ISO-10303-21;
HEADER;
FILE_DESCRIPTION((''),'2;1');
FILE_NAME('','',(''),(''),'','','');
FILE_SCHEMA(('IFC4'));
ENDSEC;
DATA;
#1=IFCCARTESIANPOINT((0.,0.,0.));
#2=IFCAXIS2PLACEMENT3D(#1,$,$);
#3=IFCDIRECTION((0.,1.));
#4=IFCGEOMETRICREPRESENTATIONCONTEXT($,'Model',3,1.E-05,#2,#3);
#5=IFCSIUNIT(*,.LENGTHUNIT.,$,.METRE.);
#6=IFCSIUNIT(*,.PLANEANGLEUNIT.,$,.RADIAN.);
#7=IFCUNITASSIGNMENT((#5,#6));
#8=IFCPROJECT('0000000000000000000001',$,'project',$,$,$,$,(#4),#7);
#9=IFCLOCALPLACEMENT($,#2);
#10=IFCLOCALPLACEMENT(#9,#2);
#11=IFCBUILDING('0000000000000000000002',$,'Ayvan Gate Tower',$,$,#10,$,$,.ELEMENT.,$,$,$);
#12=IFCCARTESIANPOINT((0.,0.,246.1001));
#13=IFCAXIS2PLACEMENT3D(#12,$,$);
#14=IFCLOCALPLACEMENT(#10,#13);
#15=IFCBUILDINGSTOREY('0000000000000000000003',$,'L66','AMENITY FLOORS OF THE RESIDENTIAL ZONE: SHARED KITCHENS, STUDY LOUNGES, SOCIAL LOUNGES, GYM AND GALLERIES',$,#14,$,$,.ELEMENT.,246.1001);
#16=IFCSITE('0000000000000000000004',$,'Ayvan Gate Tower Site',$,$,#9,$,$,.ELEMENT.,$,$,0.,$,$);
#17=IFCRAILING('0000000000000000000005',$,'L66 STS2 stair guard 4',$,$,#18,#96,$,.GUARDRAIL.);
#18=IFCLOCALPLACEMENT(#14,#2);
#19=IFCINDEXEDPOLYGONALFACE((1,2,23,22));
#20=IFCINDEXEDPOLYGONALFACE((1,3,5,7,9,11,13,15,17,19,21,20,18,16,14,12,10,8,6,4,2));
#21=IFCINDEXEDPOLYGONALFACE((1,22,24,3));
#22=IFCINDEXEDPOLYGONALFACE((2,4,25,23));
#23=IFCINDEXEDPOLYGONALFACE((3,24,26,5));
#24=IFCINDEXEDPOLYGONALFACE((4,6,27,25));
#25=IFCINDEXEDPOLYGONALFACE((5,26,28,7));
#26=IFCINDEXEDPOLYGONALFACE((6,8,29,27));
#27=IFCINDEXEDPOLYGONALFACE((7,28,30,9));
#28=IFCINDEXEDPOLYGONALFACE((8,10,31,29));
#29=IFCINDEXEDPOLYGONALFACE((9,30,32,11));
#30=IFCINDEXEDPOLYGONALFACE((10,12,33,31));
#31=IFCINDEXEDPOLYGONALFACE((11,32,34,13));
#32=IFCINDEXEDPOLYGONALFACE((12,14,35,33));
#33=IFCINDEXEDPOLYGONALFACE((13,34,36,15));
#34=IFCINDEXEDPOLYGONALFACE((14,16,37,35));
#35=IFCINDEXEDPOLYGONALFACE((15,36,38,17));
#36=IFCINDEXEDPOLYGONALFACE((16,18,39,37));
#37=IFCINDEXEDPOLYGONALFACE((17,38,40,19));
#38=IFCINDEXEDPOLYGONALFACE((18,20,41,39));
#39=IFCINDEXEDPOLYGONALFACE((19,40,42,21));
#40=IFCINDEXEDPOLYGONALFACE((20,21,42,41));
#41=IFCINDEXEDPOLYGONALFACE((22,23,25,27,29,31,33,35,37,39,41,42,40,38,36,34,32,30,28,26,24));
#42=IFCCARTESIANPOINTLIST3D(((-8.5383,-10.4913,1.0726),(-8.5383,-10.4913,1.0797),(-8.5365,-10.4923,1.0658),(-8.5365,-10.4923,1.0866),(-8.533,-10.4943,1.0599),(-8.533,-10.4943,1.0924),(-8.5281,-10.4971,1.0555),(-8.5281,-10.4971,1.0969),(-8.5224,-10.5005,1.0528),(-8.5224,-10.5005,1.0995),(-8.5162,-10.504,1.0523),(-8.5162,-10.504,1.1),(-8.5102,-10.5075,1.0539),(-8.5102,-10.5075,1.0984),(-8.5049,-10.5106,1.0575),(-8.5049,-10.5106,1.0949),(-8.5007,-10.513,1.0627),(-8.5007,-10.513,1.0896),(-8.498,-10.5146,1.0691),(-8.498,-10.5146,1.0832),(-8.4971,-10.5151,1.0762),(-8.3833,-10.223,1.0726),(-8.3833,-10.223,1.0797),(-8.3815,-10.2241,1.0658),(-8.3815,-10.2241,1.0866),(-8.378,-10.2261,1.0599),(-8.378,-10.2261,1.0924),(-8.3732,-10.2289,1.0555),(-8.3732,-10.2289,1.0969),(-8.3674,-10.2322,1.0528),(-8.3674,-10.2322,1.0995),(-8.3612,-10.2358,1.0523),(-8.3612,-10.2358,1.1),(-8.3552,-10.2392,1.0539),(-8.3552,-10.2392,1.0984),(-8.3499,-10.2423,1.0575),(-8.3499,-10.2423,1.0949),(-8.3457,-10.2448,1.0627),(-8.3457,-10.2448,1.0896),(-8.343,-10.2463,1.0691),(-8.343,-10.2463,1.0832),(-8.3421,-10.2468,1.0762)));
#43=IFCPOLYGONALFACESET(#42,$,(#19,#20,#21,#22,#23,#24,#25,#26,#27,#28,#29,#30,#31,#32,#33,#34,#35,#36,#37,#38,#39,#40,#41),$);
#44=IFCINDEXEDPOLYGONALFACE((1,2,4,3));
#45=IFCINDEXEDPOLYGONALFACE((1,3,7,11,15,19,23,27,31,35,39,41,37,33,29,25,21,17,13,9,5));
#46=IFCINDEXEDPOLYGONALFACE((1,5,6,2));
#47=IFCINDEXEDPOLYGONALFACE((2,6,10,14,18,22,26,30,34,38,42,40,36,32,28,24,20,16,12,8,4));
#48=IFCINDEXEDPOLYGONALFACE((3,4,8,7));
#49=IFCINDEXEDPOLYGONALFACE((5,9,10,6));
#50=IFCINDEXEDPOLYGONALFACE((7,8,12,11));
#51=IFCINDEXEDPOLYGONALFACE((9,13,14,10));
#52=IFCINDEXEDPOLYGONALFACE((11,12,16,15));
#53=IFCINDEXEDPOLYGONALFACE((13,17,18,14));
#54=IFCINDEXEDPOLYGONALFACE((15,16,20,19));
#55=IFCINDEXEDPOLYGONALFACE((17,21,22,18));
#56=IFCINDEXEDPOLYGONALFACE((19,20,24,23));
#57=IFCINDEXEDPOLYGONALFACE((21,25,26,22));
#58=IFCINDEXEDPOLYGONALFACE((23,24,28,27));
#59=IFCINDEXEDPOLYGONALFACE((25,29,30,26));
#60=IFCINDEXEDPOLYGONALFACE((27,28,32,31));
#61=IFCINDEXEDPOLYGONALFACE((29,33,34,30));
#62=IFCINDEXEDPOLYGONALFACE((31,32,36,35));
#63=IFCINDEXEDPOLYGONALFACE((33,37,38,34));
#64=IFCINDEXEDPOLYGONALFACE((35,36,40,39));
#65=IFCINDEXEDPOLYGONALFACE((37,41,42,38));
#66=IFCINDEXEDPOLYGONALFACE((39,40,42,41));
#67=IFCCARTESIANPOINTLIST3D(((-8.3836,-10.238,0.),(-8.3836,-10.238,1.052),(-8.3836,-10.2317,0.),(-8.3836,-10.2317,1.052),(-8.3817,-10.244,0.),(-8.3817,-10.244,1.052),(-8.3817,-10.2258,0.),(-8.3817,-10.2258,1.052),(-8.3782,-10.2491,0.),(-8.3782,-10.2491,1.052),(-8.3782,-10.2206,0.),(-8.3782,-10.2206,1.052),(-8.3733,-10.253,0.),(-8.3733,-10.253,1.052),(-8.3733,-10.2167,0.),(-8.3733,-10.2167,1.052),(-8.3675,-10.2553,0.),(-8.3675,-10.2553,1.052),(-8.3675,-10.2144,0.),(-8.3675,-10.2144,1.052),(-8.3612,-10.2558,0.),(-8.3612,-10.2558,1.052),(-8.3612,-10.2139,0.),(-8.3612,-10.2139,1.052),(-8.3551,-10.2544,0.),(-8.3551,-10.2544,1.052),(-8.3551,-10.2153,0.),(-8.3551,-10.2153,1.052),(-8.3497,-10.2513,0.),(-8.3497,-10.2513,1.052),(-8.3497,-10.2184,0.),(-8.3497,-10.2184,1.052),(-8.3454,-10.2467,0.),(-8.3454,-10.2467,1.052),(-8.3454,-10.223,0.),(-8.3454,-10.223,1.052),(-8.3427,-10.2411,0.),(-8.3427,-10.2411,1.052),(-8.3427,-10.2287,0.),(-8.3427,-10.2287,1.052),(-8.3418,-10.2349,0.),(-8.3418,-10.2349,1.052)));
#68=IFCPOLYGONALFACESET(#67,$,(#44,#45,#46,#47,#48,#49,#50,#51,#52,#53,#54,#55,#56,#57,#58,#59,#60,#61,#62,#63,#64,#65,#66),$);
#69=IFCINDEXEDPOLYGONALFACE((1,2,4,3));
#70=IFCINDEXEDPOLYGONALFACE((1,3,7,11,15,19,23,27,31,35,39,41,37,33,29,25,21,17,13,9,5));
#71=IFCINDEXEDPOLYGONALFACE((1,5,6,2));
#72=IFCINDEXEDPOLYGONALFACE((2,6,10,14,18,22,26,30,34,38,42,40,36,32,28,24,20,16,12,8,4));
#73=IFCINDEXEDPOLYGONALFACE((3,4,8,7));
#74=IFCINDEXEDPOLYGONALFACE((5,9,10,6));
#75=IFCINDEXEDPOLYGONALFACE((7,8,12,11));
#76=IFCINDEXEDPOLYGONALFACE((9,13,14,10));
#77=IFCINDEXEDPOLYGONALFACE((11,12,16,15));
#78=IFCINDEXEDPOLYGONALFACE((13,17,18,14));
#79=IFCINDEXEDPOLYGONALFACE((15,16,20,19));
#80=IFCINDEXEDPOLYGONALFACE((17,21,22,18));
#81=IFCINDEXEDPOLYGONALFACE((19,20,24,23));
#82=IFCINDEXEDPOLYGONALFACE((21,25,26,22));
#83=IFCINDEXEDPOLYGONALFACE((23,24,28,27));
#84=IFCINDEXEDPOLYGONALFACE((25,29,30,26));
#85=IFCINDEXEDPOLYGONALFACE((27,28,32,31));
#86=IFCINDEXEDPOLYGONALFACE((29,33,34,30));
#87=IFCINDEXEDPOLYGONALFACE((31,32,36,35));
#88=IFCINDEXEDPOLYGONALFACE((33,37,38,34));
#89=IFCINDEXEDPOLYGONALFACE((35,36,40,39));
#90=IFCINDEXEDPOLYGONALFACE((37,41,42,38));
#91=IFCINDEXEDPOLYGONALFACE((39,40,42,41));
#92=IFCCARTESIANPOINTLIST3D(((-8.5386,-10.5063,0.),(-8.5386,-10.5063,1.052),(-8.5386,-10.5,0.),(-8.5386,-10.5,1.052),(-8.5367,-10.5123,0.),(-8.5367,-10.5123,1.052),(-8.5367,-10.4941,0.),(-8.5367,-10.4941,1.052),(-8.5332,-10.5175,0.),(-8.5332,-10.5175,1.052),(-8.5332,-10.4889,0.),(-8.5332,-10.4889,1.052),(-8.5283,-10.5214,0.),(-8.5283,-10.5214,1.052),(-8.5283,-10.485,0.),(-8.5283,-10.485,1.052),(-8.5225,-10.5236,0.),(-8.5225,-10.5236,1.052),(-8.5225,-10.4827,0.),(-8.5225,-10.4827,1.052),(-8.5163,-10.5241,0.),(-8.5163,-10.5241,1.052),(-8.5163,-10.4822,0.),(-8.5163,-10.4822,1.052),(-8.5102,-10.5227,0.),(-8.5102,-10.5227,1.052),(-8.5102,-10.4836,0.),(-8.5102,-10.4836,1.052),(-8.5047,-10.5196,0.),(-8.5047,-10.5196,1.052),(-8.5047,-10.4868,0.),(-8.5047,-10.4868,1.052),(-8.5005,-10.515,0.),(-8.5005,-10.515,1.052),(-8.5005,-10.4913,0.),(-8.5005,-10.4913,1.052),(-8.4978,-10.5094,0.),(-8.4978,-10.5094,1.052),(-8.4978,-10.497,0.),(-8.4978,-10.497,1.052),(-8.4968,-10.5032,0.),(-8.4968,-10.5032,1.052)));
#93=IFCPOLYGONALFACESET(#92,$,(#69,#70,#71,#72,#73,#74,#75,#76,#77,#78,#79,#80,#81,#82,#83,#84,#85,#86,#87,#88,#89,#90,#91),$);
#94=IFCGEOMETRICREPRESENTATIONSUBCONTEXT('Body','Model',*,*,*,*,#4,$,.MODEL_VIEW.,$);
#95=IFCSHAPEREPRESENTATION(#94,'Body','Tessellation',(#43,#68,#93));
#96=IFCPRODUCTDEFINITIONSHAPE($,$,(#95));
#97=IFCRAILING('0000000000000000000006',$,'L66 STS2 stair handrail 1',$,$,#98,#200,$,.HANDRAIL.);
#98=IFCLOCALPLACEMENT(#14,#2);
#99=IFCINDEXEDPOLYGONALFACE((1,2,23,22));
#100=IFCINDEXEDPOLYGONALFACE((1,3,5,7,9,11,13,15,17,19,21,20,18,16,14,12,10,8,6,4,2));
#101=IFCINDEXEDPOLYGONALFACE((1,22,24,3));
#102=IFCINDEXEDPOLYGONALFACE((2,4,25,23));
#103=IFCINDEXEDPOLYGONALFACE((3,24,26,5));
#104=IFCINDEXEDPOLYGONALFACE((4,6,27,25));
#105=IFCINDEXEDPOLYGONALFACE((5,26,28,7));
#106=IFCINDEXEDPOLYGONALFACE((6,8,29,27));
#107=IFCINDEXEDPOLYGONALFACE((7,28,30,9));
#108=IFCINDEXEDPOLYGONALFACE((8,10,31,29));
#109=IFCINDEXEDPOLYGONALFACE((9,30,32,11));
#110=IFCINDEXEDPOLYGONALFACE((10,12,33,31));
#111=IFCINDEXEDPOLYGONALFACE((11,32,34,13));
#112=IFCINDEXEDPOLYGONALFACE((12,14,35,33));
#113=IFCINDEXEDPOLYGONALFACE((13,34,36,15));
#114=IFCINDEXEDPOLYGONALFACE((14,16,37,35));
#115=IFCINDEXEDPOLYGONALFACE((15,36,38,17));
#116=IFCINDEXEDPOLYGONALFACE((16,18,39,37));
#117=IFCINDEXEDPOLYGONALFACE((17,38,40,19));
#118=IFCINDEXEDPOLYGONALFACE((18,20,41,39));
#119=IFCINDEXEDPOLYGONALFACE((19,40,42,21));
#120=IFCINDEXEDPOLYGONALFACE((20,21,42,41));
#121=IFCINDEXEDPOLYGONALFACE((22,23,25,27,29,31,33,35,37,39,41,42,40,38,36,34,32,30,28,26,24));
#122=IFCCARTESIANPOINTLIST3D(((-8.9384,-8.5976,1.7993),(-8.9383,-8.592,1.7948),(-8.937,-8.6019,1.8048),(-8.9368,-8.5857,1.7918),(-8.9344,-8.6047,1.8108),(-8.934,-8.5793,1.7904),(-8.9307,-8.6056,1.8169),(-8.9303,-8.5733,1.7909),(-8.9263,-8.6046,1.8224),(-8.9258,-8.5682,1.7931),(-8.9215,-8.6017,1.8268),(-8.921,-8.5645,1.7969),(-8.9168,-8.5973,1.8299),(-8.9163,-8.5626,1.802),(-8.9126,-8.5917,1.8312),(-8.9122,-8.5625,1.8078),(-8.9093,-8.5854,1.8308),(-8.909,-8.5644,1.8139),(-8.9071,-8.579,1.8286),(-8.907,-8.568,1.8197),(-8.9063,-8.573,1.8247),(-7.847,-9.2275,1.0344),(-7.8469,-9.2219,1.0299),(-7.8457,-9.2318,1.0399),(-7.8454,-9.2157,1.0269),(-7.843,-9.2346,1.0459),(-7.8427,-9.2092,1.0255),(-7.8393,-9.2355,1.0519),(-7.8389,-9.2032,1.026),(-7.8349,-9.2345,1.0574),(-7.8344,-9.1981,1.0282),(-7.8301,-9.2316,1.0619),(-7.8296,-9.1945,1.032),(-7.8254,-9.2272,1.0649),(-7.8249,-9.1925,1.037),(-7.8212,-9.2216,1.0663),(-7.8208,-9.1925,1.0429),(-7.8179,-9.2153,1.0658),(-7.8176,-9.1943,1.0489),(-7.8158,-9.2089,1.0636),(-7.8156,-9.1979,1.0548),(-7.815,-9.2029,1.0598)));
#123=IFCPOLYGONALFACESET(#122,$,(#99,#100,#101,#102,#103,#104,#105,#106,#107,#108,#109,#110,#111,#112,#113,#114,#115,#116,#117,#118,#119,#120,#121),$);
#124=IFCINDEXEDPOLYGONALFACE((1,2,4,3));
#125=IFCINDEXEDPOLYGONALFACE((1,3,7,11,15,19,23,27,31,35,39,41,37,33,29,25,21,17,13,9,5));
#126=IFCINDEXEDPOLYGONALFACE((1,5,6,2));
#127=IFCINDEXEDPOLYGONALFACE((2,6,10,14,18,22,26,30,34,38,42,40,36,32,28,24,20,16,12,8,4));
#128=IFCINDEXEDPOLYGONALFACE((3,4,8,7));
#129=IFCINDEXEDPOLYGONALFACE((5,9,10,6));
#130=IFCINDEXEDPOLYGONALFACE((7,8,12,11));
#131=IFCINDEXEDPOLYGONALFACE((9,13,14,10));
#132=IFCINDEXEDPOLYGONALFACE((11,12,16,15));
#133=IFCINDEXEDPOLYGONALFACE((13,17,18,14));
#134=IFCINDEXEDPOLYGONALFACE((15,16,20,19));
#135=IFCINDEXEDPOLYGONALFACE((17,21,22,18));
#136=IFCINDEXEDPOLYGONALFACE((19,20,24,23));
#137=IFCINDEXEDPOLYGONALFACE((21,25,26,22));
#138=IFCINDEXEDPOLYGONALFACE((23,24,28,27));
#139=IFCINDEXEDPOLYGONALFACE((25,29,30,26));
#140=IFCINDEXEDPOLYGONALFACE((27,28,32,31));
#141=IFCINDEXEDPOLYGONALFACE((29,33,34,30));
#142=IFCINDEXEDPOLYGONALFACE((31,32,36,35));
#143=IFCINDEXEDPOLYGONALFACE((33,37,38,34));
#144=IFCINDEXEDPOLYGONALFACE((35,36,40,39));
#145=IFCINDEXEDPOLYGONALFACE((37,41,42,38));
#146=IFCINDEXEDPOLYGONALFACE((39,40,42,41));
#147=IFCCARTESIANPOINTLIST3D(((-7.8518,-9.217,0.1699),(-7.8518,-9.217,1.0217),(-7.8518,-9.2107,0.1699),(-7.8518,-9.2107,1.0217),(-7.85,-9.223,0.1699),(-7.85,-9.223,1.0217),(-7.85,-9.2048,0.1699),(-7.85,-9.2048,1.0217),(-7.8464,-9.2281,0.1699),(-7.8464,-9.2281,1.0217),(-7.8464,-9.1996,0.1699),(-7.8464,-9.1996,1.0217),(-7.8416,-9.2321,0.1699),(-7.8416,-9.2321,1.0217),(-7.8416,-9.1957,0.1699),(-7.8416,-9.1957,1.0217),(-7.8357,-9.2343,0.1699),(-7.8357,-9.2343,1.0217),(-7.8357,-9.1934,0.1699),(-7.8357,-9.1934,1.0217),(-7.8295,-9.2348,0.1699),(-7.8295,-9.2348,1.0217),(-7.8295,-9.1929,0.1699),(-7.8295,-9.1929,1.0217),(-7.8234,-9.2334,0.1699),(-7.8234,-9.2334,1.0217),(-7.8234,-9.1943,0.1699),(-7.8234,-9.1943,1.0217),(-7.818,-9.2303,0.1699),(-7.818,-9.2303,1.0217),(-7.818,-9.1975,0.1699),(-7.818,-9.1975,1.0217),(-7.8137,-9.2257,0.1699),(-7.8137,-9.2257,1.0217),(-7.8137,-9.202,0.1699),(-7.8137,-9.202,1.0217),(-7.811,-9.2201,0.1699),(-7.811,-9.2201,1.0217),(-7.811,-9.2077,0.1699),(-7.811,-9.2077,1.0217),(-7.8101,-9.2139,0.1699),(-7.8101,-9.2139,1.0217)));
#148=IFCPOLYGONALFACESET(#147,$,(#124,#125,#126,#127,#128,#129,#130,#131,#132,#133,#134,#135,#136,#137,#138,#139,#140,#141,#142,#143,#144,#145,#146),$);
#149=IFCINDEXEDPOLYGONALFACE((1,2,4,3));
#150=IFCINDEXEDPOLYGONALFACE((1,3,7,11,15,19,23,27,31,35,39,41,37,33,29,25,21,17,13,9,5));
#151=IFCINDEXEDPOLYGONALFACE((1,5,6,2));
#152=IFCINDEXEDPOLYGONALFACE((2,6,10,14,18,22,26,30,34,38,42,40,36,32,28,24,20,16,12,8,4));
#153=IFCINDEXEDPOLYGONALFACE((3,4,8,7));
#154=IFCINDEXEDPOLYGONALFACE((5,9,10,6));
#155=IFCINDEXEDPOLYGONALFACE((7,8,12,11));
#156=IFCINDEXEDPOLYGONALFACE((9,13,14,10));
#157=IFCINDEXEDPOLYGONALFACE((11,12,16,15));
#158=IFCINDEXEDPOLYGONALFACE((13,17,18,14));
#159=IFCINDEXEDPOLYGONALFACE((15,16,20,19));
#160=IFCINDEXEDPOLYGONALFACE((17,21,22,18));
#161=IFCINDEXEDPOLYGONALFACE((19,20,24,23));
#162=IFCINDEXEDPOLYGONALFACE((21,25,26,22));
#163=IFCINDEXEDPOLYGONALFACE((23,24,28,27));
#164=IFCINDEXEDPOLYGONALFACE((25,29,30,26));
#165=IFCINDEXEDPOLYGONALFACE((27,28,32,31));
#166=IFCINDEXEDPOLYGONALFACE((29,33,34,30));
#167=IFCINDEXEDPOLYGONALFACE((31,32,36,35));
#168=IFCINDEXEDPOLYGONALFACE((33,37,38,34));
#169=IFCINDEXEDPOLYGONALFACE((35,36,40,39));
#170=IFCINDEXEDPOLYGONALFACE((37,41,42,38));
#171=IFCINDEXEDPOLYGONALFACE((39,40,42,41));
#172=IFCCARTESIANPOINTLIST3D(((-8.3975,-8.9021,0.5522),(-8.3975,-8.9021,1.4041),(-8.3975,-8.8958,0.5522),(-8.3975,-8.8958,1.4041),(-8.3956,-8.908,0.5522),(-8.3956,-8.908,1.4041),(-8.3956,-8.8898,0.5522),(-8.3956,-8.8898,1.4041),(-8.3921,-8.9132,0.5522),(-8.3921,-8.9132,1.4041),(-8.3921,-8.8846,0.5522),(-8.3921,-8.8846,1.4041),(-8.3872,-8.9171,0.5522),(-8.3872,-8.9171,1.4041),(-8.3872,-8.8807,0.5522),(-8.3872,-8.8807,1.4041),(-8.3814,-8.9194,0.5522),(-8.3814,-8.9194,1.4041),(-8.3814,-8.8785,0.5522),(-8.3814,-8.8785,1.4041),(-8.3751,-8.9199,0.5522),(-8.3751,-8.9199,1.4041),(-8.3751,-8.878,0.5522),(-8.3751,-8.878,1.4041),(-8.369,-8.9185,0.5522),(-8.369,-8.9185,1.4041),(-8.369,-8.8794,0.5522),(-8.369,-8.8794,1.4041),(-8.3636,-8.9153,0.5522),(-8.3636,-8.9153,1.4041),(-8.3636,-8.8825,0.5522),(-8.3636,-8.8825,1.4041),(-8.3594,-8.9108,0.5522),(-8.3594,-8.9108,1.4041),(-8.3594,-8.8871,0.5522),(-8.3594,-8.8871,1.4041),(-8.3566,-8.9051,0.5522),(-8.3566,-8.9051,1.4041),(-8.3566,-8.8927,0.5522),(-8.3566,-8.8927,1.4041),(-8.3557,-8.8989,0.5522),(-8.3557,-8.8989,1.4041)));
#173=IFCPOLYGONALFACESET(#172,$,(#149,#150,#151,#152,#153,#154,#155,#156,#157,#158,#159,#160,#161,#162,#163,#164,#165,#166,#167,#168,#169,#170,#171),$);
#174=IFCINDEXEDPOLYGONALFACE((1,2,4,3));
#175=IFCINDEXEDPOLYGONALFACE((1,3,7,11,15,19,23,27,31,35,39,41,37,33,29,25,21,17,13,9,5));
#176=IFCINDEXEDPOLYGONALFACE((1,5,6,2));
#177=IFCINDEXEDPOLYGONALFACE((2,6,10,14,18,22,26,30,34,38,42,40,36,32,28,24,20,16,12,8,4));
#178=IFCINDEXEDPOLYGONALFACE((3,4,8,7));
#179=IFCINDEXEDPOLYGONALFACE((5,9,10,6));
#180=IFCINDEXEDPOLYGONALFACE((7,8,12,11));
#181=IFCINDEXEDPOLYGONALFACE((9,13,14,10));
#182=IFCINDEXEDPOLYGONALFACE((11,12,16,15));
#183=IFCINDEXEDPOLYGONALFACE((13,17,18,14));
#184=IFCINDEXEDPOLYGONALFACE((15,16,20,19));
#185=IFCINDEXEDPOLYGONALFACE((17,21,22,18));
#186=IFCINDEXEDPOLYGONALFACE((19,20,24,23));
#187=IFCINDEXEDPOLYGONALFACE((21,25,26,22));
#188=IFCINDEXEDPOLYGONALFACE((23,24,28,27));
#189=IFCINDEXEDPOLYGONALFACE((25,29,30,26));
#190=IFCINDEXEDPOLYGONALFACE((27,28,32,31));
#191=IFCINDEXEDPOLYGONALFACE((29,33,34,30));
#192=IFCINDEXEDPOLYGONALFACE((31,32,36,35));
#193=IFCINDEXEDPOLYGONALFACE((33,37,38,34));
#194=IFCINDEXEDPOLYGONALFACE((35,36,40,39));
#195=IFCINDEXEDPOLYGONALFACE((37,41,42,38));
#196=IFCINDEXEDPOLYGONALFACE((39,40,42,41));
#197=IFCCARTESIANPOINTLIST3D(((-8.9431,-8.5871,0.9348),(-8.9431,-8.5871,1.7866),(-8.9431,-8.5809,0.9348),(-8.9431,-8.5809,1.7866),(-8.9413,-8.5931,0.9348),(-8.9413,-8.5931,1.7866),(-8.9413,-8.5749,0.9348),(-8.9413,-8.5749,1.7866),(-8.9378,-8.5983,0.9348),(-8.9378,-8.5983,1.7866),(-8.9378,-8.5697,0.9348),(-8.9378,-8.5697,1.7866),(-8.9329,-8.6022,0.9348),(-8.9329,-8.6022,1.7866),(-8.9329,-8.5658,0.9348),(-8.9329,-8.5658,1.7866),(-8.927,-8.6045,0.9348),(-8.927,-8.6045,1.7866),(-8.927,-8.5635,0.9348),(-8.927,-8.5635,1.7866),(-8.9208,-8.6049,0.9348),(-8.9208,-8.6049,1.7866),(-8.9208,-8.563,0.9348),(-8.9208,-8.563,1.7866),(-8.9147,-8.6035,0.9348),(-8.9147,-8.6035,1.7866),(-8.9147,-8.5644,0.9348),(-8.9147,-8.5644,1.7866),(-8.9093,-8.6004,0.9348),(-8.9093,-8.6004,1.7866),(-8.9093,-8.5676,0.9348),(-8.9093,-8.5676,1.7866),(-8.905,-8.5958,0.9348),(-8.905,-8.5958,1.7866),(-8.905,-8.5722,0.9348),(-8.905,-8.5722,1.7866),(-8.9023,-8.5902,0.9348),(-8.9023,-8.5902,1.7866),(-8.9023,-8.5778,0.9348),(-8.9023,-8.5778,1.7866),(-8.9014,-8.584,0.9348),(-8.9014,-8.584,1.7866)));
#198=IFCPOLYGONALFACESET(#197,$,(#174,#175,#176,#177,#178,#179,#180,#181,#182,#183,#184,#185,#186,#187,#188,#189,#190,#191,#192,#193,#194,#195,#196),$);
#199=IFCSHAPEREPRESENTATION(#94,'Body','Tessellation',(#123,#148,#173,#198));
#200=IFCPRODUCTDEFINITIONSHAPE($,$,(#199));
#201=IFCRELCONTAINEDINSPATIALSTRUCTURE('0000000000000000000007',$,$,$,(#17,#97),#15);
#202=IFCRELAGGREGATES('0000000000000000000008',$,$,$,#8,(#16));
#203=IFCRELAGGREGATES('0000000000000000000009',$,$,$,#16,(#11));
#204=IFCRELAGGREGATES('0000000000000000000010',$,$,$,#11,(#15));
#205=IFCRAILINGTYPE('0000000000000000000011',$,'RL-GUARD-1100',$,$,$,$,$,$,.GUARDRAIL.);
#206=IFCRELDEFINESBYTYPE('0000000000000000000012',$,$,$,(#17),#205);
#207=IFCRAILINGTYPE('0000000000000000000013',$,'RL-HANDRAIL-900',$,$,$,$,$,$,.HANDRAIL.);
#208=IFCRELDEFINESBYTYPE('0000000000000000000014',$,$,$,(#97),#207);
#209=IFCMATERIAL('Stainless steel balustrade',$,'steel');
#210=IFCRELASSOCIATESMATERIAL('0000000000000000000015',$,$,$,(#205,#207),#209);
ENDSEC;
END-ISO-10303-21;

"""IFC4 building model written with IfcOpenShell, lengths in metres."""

from ifc_helpers import new_model, si_unit, direction, frame, origin, origin_2d, place, context, subcontext, project, spatial, circle, extrude, material, type_object, element, save


model = new_model("IFC4")

# Units and contexts
model_context = context("Model", 3, precision=1e-05, world=origin(), true_north=direction((0.0, 1.0)))
body_context = subcontext(model_context, "Body", "Model", "MODEL_VIEW")
ifc_project = project(units=[si_unit("LENGTHUNIT", "METRE"), si_unit("PLANEANGLEUNIT", "RADIAN")], contexts=[model_context])

# Site, building, storey
site_placement = place(None, origin())
site = spatial("IfcSite", under=ifc_project, at=site_placement, Name="Ayvan Gate Tower Site", CompositionType="ELEMENT", RefElevation=0.0)
building_placement = place(site_placement, origin())
building = spatial("IfcBuilding", under=site, at=building_placement, Name="Ayvan Gate Tower", CompositionType="ELEMENT")
storey_placement = place(building_placement, frame((0.0, 0.0, 246.1001)))
storey = spatial("IfcBuildingStorey", under=building, at=storey_placement, Name="L66", Description="AMENITY FLOORS OF THE RESIDENTIAL ZONE: SHARED KITCHENS, STUDY LOUNGES, SOCIAL LOUNGES, GYM AND GALLERIES", CompositionType="ELEMENT", Elevation=246.1001)

# Railings
ifc_material_1 = material(Name="Stainless steel balustrade", Category="steel")
railing_type_1 = type_object("IfcRailingType", Name="RL-GUARD-1100", PredefinedType="GUARDRAIL", material=ifc_material_1)
railing_1_placement = place(storey_placement, frame((-8.3628, -10.2349, 0.0)))
element("IfcRailing", 1, at=railing_1_placement, inside=storey, type_object=railing_type_1, Name="L66 STS2 stair guard 4", PredefinedType="GUARDRAIL", context=body_context, shape_type="SweptSolid", body=[
    extrude(circle(Radius=0.0239, at=origin_2d()), frame((0.0, 0.0, 1.0762), z_axis=(-0.500291, -0.865857, 0.0), x_axis=(0.865857, -0.500291, 0.0)), (0.0, 0.0, 1.0), 0.3098),
    extrude(circle(Radius=0.021, at=origin_2d()), origin(), (0.0, 0.0, 1.0), 1.052),
    extrude(circle(Radius=0.021, at=origin_2d()), frame((-0.155, -0.2683, 0.0)), (0.0, 0.0, 1.0), 1.052),
])
railing_type_2 = type_object("IfcRailingType", Name="RL-HANDRAIL-900", PredefinedType="HANDRAIL", material=ifc_material_1)
railing_2_placement = place(storey_placement, frame((-7.8311, -9.2139, 0.1699)))
element("IfcRailing", 2, at=railing_2_placement, inside=storey, type_object=railing_type_2, Name="L66 STS2 stair handrail 1", PredefinedType="HANDRAIL", context=body_context, shape_type="SweptSolid", body=[
    extrude(circle(Radius=0.0239, at=origin_2d()), frame((0.0, 0.0, 0.876), z_axis=(-0.740357, 0.42732, 0.518912), x_axis=(-0.49989, -0.866089, 0.0)), (0.0, 0.0, 1.0), 1.4741),
    extrude(circle(Radius=0.021, at=origin_2d()), origin(), (0.0, 0.0, 1.0), 0.8518),
    extrude(circle(Radius=0.021, at=origin_2d()), frame((-0.5457, 0.3149, 0.3823)), (0.0, 0.0, 1.0), 0.8518),
    extrude(circle(Radius=0.021, at=origin_2d()), frame((-1.0913, 0.6299, 0.7649)), (0.0, 0.0, 1.0), 0.8518),
])

save(model, "model.ifc")
